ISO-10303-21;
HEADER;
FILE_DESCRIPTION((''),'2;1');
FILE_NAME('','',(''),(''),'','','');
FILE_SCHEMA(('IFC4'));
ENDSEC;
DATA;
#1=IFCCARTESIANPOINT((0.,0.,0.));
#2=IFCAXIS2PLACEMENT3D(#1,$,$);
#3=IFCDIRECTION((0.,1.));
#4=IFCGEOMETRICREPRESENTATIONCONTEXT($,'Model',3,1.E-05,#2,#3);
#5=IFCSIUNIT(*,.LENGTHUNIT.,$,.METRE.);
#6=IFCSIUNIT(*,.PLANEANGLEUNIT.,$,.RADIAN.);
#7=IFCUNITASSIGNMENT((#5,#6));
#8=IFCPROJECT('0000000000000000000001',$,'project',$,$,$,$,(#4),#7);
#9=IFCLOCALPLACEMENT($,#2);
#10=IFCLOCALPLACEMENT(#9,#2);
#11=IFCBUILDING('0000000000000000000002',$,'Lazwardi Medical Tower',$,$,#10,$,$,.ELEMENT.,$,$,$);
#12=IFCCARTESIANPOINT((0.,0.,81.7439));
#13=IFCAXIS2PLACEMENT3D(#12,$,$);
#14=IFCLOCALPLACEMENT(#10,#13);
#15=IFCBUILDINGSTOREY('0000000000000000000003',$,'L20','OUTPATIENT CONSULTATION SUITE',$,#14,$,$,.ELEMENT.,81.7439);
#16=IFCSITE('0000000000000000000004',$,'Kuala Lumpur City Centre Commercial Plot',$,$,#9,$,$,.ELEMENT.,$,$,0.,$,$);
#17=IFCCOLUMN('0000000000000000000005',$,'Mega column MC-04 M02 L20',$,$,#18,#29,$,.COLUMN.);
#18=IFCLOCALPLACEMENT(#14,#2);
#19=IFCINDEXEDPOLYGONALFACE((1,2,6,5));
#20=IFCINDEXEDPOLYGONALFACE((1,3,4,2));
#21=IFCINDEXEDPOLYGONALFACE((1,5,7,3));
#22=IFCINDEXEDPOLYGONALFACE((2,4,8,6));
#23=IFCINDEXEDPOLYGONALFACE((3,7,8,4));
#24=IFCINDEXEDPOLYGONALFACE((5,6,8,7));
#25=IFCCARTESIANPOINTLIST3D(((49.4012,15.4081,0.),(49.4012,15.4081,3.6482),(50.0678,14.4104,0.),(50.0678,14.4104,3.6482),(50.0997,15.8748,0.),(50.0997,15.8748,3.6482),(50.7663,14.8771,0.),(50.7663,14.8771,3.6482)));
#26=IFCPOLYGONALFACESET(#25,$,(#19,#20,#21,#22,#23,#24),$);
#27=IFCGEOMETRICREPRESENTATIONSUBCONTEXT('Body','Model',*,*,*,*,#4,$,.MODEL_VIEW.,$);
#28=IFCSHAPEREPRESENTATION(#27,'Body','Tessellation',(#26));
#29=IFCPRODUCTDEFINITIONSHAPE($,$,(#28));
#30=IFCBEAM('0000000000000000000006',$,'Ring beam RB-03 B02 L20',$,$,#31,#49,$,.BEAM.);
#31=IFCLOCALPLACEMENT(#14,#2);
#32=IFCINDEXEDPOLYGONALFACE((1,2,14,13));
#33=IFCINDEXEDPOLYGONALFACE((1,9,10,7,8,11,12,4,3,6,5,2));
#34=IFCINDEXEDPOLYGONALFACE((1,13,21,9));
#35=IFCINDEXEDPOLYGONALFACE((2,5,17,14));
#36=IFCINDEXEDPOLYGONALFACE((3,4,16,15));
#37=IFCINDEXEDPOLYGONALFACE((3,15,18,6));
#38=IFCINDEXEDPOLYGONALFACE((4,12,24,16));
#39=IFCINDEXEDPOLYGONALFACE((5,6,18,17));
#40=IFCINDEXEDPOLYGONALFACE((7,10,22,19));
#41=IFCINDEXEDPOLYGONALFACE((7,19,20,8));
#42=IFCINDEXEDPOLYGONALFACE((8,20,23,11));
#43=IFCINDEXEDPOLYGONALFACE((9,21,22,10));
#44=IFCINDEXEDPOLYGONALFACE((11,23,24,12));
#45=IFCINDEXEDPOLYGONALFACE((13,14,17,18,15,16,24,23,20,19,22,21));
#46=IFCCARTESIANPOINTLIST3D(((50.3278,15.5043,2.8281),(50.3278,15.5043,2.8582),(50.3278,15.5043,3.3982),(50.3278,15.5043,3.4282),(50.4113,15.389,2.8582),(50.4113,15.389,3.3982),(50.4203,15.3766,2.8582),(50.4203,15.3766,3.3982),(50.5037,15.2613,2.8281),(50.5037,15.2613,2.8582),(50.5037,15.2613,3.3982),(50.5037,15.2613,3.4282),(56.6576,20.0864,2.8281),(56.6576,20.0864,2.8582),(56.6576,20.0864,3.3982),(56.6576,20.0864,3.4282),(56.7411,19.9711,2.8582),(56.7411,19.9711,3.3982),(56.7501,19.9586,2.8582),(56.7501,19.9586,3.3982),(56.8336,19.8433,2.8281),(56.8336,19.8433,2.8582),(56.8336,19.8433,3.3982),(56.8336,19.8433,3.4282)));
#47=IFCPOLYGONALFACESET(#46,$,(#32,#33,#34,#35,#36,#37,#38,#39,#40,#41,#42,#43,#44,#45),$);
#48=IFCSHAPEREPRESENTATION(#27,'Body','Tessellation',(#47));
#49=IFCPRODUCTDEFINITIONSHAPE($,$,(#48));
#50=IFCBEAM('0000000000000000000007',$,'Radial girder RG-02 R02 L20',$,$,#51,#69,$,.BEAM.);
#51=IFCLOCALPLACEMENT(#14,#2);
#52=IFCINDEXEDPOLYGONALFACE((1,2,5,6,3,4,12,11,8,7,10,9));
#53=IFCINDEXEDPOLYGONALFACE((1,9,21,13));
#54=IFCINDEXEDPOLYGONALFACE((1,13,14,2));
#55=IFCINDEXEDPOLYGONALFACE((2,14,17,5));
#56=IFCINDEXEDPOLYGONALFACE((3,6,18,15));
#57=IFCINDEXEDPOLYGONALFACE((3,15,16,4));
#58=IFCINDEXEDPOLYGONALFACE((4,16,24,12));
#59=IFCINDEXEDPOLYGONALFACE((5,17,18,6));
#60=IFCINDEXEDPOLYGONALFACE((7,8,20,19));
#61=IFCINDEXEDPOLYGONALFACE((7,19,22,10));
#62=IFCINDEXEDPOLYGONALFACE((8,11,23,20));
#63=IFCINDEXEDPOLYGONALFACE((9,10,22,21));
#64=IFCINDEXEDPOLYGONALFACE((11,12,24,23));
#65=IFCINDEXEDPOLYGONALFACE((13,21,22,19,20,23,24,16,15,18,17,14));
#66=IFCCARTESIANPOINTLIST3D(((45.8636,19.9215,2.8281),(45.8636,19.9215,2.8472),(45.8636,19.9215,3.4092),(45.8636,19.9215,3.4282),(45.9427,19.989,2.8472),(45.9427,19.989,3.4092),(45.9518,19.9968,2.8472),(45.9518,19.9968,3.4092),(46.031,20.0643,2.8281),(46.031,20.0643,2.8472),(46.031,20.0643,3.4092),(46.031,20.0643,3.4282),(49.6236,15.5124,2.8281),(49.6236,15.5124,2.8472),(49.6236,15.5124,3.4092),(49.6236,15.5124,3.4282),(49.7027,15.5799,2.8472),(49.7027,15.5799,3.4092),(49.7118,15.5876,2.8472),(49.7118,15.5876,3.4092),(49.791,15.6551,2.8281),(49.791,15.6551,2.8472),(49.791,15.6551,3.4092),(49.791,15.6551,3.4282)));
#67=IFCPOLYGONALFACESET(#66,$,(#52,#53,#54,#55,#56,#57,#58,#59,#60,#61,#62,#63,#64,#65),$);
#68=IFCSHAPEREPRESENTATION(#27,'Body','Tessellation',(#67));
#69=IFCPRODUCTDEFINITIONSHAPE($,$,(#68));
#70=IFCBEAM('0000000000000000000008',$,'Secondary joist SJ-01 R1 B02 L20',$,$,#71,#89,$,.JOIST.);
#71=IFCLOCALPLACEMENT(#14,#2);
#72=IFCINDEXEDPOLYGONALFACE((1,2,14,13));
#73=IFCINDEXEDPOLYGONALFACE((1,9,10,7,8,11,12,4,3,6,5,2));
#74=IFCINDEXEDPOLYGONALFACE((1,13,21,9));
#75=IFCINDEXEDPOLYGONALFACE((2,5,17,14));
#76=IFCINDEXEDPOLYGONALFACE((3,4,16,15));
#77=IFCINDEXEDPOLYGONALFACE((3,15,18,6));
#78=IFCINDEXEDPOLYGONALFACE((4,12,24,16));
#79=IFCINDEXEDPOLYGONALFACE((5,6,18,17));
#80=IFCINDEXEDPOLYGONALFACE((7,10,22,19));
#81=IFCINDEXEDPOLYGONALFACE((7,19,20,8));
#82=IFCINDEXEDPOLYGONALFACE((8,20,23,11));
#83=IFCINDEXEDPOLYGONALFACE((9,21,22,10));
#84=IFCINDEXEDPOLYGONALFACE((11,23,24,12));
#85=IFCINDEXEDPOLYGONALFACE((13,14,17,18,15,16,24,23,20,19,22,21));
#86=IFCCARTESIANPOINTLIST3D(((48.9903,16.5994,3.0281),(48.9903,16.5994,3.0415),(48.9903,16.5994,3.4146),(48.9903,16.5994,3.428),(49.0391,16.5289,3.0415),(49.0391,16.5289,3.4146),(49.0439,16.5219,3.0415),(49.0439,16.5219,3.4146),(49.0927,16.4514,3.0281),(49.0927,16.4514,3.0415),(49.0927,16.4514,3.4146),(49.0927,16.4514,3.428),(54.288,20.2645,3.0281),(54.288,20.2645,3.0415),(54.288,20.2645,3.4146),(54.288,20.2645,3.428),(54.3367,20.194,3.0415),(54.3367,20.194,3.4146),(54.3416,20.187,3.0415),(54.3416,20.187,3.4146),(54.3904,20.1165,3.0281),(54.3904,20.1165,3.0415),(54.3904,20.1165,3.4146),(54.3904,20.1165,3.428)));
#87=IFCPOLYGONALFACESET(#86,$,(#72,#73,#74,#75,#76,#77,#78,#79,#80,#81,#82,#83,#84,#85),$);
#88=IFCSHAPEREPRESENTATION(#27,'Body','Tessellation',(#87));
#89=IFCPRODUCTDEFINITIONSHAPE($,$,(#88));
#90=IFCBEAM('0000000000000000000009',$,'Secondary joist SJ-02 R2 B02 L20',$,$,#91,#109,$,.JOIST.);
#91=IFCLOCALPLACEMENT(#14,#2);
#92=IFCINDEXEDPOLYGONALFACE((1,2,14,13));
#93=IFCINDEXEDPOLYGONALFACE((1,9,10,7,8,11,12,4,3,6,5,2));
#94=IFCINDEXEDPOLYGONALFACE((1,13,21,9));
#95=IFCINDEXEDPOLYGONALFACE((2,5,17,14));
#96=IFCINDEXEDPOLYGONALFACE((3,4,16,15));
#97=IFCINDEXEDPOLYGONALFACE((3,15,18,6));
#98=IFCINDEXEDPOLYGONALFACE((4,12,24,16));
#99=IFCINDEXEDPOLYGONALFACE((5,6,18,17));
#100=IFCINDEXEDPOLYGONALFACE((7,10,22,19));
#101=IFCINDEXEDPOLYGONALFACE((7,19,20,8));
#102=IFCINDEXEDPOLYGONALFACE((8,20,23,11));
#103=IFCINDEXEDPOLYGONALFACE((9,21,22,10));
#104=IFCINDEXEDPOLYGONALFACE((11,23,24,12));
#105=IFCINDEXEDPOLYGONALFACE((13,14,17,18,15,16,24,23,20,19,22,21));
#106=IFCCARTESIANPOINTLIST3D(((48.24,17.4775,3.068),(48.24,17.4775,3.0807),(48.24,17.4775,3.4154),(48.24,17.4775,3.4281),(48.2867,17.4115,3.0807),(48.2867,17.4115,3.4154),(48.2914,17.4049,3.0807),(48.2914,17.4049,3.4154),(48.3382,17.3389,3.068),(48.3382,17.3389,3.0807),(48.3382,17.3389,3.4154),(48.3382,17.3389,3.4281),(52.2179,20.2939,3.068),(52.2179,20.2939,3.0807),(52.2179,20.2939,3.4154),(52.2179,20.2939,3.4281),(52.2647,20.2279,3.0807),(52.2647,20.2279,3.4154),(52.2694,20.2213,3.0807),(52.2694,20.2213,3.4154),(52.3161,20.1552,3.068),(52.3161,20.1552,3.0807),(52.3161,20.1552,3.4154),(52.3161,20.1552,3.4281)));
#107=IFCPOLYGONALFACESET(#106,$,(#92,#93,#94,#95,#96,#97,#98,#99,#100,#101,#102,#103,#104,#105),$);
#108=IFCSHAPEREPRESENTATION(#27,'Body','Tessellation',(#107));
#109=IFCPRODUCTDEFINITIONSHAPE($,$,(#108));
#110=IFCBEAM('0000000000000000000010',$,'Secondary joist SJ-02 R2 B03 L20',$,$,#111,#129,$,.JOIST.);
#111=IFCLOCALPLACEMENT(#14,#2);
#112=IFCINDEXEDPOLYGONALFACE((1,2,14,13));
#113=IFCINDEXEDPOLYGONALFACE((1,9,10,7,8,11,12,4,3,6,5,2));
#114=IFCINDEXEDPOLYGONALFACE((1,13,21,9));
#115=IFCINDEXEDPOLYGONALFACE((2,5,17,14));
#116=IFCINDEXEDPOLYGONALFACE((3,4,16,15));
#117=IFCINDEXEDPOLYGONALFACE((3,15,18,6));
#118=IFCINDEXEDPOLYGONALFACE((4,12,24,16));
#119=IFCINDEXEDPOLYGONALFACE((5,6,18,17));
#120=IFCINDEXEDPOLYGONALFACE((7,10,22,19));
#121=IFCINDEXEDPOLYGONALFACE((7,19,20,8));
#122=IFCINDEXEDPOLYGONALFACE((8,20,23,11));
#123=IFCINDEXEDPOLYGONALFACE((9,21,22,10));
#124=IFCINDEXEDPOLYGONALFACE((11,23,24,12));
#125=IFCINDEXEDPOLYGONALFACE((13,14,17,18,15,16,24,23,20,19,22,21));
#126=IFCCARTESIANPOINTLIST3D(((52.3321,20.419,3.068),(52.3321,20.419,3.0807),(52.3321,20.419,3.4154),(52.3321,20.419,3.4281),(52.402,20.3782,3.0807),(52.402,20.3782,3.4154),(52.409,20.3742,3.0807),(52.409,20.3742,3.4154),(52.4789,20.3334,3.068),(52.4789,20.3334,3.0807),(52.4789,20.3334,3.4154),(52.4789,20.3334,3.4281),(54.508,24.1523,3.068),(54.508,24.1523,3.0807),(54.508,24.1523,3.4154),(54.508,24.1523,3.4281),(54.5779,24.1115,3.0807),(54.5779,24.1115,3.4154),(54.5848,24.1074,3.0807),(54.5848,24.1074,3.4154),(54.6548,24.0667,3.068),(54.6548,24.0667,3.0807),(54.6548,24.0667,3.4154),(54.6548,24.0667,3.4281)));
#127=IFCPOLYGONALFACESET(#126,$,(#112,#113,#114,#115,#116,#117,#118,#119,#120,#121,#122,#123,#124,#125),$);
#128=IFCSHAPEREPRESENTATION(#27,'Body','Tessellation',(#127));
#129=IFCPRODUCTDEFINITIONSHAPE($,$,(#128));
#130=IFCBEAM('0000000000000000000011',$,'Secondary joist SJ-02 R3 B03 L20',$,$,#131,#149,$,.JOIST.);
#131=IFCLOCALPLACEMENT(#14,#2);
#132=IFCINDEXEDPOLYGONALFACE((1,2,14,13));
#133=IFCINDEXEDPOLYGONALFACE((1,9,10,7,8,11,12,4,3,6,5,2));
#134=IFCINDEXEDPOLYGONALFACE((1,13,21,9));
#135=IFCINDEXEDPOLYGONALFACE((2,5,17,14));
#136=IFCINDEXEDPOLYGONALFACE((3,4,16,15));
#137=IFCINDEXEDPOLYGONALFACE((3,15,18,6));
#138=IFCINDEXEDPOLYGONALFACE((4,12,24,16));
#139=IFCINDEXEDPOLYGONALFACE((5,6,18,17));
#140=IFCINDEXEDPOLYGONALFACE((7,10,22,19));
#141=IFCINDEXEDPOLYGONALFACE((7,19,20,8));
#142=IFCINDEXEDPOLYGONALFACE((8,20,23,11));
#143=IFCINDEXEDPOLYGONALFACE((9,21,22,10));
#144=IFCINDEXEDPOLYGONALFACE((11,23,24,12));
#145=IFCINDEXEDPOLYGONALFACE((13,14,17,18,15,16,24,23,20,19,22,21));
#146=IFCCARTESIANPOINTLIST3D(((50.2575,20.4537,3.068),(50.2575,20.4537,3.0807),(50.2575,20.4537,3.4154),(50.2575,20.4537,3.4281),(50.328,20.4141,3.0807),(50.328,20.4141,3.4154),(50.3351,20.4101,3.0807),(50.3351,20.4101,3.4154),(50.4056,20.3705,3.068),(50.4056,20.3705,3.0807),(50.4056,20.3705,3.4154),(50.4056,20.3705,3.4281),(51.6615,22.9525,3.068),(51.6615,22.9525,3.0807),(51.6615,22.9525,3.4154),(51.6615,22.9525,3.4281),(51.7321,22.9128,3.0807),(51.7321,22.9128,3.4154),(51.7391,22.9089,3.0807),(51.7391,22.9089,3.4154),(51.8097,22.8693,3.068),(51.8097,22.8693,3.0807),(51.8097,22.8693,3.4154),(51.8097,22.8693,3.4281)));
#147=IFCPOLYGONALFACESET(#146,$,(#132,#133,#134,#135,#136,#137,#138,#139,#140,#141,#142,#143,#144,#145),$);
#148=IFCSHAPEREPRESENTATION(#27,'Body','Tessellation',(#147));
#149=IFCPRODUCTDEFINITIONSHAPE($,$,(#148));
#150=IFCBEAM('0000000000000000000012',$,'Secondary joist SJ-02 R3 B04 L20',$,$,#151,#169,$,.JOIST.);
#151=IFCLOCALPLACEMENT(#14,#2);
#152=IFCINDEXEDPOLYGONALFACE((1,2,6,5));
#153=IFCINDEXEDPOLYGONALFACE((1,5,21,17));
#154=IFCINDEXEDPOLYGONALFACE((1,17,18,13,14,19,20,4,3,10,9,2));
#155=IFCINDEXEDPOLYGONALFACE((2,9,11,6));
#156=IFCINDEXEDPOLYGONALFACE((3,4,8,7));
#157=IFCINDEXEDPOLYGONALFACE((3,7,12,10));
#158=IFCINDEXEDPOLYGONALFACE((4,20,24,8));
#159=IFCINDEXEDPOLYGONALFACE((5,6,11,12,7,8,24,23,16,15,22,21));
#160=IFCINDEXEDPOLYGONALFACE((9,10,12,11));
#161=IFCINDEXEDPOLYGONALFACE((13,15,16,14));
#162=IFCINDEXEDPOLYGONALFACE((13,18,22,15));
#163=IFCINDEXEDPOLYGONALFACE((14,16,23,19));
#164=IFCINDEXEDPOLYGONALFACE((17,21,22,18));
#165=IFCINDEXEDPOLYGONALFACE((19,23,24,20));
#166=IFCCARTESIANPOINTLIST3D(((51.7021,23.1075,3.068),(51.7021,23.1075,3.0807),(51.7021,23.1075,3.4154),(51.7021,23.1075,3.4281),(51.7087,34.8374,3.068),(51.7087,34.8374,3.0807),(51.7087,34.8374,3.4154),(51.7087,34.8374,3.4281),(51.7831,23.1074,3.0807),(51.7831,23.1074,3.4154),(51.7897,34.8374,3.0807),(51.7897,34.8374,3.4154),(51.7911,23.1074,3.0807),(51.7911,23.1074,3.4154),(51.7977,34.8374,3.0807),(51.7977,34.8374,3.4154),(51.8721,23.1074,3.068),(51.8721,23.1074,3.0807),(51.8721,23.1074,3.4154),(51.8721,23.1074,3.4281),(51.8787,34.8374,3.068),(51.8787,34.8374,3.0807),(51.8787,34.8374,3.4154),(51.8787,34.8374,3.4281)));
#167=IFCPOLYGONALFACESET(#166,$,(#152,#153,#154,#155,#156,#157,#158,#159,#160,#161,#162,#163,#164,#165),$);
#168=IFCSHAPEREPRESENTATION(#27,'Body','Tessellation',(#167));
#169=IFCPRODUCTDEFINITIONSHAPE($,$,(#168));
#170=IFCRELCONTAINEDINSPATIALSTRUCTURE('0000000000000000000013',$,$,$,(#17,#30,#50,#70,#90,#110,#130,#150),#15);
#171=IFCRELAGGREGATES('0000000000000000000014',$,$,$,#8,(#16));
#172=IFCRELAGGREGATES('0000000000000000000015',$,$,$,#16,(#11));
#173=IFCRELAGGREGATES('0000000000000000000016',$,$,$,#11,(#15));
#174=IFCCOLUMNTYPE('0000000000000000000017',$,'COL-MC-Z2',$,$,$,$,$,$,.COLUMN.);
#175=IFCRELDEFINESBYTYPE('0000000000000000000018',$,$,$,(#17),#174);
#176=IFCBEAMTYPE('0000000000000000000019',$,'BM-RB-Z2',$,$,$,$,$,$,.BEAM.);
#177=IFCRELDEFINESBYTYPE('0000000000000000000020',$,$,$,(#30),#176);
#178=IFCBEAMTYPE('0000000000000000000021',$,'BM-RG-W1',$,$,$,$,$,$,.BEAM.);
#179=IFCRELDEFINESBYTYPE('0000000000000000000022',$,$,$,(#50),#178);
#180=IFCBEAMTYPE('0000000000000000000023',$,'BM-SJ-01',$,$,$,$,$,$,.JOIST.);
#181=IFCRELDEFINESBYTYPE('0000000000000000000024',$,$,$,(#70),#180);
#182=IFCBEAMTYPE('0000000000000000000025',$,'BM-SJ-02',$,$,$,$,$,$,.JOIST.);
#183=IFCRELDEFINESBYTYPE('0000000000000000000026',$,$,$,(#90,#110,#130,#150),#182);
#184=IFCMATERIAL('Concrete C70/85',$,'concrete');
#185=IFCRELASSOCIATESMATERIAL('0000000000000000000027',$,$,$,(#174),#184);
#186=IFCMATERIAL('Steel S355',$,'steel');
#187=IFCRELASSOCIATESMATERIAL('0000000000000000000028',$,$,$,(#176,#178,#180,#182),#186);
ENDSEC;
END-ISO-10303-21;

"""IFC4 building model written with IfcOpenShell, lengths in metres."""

from ifc_helpers import new_model, si_unit, direction, frame, origin, origin_2d, place, context, subcontext, project, spatial, rectangle, i_section, extrude, material, material_profile, profile_set, type_object, element, save


model = new_model("IFC4")

# Units and contexts
model_context = context("Model", 3, precision=1e-05, world=origin(), true_north=direction((0.0, 1.0)))
body_context = subcontext(model_context, "Body", "Model", "MODEL_VIEW")
ifc_project = project(units=[si_unit("LENGTHUNIT", "METRE"), si_unit("PLANEANGLEUNIT", "RADIAN")], contexts=[model_context])

# Site, building, storey
site_placement = place(None, origin())
site = spatial("IfcSite", under=ifc_project, at=site_placement, Name="Kuala Lumpur City Centre Commercial Plot", CompositionType="ELEMENT", RefElevation=0.0)
building_placement = place(site_placement, origin())
building = spatial("IfcBuilding", under=site, at=building_placement, Name="Lazwardi Medical Tower", CompositionType="ELEMENT")
storey_placement = place(building_placement, frame((0.0, 0.0, 81.7439)))
storey = spatial("IfcBuildingStorey", under=building, at=storey_placement, Name="L20", Description="OUTPATIENT CONSULTATION SUITE", CompositionType="ELEMENT", Elevation=81.7439)

# Column
ifc_material_1 = material(Name="Concrete C70/85", Category="concrete")
ifc_material_profile_1 = material_profile(ifc_material_1, rectangle(XDim=1.2, YDim=0.8401, at=origin_2d()), Name="CFT-RECT 1200x840")
ifc_profile_set_1 = profile_set([ifc_material_profile_1], Name="Concrete C70/85")
column_type = type_object("IfcColumnType", Name="COL-MC-Z2", PredefinedType="COLUMN", material=ifc_profile_set_1)
column_placement = place(storey_placement, frame((50.0837, 15.1426, 0.0), z_axis=(0.0, 0.0, 1.0), x_axis=(0.55557, -0.83147, 0.0)))
element("IfcColumn", 1, at=column_placement, inside=storey, type_object=column_type, Name="Mega column MC-04 M02 L20", PredefinedType="COLUMN", context=body_context, shape_type="SweptSolid", body=[
    extrude(rectangle(XDim=1.2, YDim=0.8401, at=origin_2d()), origin(), (0.0, 0.0, 1.0), 3.6482),
])

# Beams
ifc_material_2 = material(Name="Steel S355", Category="steel")
ifc_material_profile_2 = material_profile(ifc_material_2, i_section(OverallWidth=0.3, OverallDepth=0.6001, WebThickness=0.0154, FlangeThickness=0.03, at=origin_2d()), Name="HEB 600")
ifc_profile_set_2 = profile_set([ifc_material_profile_2], Name="Steel S355")
beam_type_1 = type_object("IfcBeamType", Name="BM-RB-Z2", PredefinedType="BEAM", material=ifc_profile_set_2)
beam_1_placement = place(storey_placement, frame((50.4158, 15.3828, 3.1282), z_axis=(0.810042, 0.586372, 0.0), x_axis=(-0.586372, 0.810042, 0.0)))
element("IfcBeam", 2, at=beam_1_placement, inside=storey, type_object=beam_type_1, Name="Ring beam RB-03 B02 L20", PredefinedType="BEAM", context=body_context, shape_type="SweptSolid", body=[
    extrude(i_section(OverallWidth=0.3, OverallDepth=0.6001, WebThickness=0.0154, FlangeThickness=0.03, at=origin_2d()), origin(), (0.0, 0.0, 1.0), 7.8142),
])
ifc_material_profile_3 = material_profile(ifc_material_2, i_section(OverallWidth=0.22, OverallDepth=0.6001, WebThickness=0.012, FlangeThickness=0.019, at=origin_2d()), Name="IPE 600")
ifc_profile_set_3 = profile_set([ifc_material_profile_3], Name="Steel S355")
beam_type_2 = type_object("IfcBeamType", Name="BM-RG-W1", PredefinedType="BEAM", material=ifc_profile_set_3)
beam_2_placement = place(storey_placement, frame((49.7073, 15.5837, 3.1282), z_axis=(-0.648871, 0.760899, 0.0), x_axis=(-0.760899, -0.648871, 0.0)))
element("IfcBeam", 3, at=beam_2_placement, inside=storey, type_object=beam_type_2, Name="Radial girder RG-02 R02 L20", PredefinedType="BEAM", context=body_context, shape_type="SweptSolid", body=[
    extrude(i_section(OverallWidth=0.22, OverallDepth=0.6001, WebThickness=0.012, FlangeThickness=0.019, at=origin_2d()), origin(), (0.0, 0.0, 1.0), 5.7947),
])
ifc_material_profile_4 = material_profile(ifc_material_2, i_section(OverallWidth=0.1799, OverallDepth=0.3999, WebThickness=0.0085, FlangeThickness=0.0134, at=origin_2d()), Name="IPE 400")
ifc_profile_set_4 = profile_set([ifc_material_profile_4], Name="Steel S355")
beam_type_3 = type_object("IfcBeamType", Name="BM-SJ-01", PredefinedType="JOIST", material=ifc_profile_set_4)
beam_3_placement = place(storey_placement, frame((49.0415, 16.5254, 3.228), z_axis=(0.822376, 0.568944, 0.0), x_axis=(-0.568944, 0.822376, 0.0)))
element("IfcBeam", 4, at=beam_3_placement, inside=storey, type_object=beam_type_3, Name="Secondary joist SJ-01 R1 B02 L20", PredefinedType="JOIST", context=body_context, shape_type="SweptSolid", body=[
    extrude(i_section(OverallWidth=0.1799, OverallDepth=0.3999, WebThickness=0.0085, FlangeThickness=0.0134, at=origin_2d()), origin(), (0.0, 0.0, 1.0), 6.4419),
])
ifc_material_profile_5 = material_profile(ifc_material_2, i_section(OverallWidth=0.1699, OverallDepth=0.3601, WebThickness=0.0081, FlangeThickness=0.0127, at=origin_2d()), Name="IPE 360")
ifc_profile_set_5 = profile_set([ifc_material_profile_5], Name="Steel S355")
beam_type_4 = type_object("IfcBeamType", Name="BM-SJ-02", PredefinedType="JOIST", material=ifc_profile_set_5)
beam_4_placement = place(storey_placement, frame((48.2891, 17.4082, 3.248), z_axis=(0.816156, 0.577831, 0.0), x_axis=(-0.577831, 0.816156, 0.0)))
element("IfcBeam", 5, at=beam_4_placement, inside=storey, type_object=beam_type_4, Name="Secondary joist SJ-02 R2 B02 L20", PredefinedType="JOIST", context=body_context, shape_type="SweptSolid", body=[
    extrude(i_section(OverallWidth=0.1699, OverallDepth=0.3601, WebThickness=0.0081, FlangeThickness=0.0127, at=origin_2d()), origin(), (0.0, 0.0, 1.0), 4.874),
])
beam_5_placement = place(storey_placement, frame((52.4055, 20.3762, 3.248), z_axis=(0.503544, 0.863969, 0.0), x_axis=(-0.863969, 0.503544, 0.0)))
element("IfcBeam", 6, at=beam_5_placement, inside=storey, type_object=beam_type_4, Name="Secondary joist SJ-02 R2 B03 L20", PredefinedType="JOIST", context=body_context, shape_type="SweptSolid", body=[
    extrude(i_section(OverallWidth=0.1699, OverallDepth=0.3601, WebThickness=0.0081, FlangeThickness=0.0127, at=origin_2d()), origin(), (0.0, 0.0, 1.0), 4.321),
])
beam_6_placement = place(storey_placement, frame((50.3315, 20.4121, 3.248), z_axis=(0.489861, 0.871801, 0.0), x_axis=(-0.871801, 0.489861, 0.0)))
element("IfcBeam", 7, at=beam_6_placement, inside=storey, type_object=beam_type_4, Name="Secondary joist SJ-02 R3 B03 L20", PredefinedType="JOIST", context=body_context, shape_type="SweptSolid", body=[
    extrude(i_section(OverallWidth=0.1699, OverallDepth=0.3601, WebThickness=0.0081, FlangeThickness=0.0127, at=origin_2d()), origin(), (0.0, 0.0, 1.0), 2.8662),
])
beam_7_placement = place(storey_placement, frame((51.7871, 23.1074, 3.248), z_axis=(0.000562, 1.0, 0.0), x_axis=(-1.0, 0.000562, 0.0)))
element("IfcBeam", 8, at=beam_7_placement, inside=storey, type_object=beam_type_4, Name="Secondary joist SJ-02 R3 B04 L20", PredefinedType="JOIST", context=body_context, shape_type="SweptSolid", body=[
    extrude(i_section(OverallWidth=0.1699, OverallDepth=0.3601, WebThickness=0.0081, FlangeThickness=0.0127, at=origin_2d()), origin(), (0.0, 0.0, 1.0), 11.73),
])

save(model, "model.ifc")
